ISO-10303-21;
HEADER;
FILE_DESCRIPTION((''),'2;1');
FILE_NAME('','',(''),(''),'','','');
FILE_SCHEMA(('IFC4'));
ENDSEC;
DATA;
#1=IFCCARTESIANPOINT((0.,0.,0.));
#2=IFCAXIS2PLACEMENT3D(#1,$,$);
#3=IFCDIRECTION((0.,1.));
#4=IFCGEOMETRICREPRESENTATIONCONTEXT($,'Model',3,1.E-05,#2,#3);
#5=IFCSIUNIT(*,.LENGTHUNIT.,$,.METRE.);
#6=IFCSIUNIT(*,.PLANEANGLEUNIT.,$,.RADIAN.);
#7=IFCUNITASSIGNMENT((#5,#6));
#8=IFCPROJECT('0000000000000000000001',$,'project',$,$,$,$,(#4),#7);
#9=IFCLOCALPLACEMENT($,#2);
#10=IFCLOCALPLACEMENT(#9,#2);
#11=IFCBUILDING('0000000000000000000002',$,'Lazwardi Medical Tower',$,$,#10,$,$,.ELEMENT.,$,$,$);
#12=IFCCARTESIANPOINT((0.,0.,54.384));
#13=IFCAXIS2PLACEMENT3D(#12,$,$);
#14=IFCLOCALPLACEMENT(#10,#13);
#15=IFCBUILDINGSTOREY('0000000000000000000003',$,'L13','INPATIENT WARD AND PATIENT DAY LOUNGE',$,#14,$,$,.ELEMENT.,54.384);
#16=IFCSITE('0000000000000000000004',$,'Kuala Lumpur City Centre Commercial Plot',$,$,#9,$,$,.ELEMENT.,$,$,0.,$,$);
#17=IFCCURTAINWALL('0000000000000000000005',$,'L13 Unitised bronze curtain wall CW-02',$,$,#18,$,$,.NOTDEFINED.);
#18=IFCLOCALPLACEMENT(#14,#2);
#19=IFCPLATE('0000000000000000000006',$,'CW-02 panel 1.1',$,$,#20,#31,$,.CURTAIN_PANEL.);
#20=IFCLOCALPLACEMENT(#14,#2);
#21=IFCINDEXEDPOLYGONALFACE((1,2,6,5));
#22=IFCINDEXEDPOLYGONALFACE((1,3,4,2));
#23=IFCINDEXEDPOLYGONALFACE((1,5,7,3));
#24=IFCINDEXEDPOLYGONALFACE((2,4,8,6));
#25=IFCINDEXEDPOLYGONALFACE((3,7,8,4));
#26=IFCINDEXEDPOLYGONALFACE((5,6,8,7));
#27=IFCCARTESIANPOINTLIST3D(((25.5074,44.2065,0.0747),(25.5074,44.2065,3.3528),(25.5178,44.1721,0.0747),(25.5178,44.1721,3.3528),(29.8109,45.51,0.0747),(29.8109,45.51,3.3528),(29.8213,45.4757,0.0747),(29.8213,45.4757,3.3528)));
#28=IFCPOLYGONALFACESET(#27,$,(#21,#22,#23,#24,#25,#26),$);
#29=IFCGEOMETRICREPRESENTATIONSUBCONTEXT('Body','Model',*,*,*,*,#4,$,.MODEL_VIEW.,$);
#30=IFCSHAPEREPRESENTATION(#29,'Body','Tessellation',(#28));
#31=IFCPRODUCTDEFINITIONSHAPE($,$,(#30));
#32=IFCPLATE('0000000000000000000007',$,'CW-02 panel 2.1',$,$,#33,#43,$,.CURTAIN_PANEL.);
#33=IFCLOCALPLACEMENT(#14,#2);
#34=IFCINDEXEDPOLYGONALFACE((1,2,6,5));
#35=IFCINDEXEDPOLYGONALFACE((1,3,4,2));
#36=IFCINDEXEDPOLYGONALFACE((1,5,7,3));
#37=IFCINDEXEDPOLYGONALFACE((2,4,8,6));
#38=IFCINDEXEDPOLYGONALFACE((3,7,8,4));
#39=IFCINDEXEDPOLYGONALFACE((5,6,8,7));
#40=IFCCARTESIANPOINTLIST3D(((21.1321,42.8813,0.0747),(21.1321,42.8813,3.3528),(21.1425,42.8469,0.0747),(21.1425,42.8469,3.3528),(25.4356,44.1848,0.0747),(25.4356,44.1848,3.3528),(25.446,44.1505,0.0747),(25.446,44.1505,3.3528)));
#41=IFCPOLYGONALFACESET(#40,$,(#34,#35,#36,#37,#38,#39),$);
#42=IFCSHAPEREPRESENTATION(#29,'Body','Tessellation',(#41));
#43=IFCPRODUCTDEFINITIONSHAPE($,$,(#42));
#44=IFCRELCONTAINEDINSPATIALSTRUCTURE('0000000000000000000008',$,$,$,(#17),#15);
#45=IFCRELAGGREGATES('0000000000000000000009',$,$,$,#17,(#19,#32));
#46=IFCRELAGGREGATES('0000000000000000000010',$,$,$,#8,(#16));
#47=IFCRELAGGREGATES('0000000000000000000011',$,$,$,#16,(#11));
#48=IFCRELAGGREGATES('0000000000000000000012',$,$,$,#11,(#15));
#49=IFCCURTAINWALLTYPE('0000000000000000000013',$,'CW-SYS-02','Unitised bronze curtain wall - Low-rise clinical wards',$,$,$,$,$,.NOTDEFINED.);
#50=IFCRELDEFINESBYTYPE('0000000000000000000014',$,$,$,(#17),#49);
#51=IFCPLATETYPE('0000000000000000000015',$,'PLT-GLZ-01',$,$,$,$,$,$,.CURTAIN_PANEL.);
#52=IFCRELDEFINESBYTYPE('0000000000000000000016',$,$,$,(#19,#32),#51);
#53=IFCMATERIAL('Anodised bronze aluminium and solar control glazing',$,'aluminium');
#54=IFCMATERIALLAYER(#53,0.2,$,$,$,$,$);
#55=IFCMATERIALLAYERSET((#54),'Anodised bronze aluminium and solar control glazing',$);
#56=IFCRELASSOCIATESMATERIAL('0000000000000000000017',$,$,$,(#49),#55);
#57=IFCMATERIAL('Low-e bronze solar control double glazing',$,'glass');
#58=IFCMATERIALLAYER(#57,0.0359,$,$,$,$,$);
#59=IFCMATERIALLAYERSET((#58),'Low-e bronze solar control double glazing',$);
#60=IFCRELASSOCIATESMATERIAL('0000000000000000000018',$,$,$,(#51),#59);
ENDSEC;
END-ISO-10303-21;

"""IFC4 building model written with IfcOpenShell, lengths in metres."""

from ifc_helpers import new_model, si_unit, direction, frame, origin, origin_2d, place, context, subcontext, project, spatial, rectangle, extrude, material, layer, layer_set, type_object, element, aggregate, save


model = new_model("IFC4")

# Units and contexts
model_context = context("Model", 3, precision=1e-05, world=origin(), true_north=direction((0.0, 1.0)))
body_context = subcontext(model_context, "Body", "Model", "MODEL_VIEW")
ifc_project = project(units=[si_unit("LENGTHUNIT", "METRE"), si_unit("PLANEANGLEUNIT", "RADIAN")], contexts=[model_context])

# Site, building, storey
site_placement = place(None, origin())
site = spatial("IfcSite", under=ifc_project, at=site_placement, Name="Kuala Lumpur City Centre Commercial Plot", CompositionType="ELEMENT", RefElevation=0.0)
building_placement = place(site_placement, origin())
building = spatial("IfcBuilding", under=site, at=building_placement, Name="Lazwardi Medical Tower", CompositionType="ELEMENT")
storey_placement = place(building_placement, frame((0.0, 0.0, 54.384)))
storey = spatial("IfcBuildingStorey", under=building, at=storey_placement, Name="L13", Description="INPATIENT WARD AND PATIENT DAY LOUNGE", CompositionType="ELEMENT", Elevation=54.384)

# Curtain wall, plates
ifc_material_1 = material(Name="Anodised bronze aluminium and solar control glazing", Category="aluminium")
ifc_layer_1 = layer(ifc_material_1, 0.2)
ifc_layer_set_1 = layer_set([ifc_layer_1], Name="Anodised bronze aluminium and solar control glazing")
curtain_wall_type = type_object("IfcCurtainWallType", Name="CW-SYS-02", Description="Unitised bronze curtain wall - Low-rise clinical wards", PredefinedType="NOTDEFINED", material=ifc_layer_set_1)
curtain_wall_placement = place(storey_placement, origin())
curtain_wall = element("IfcCurtainWall", 1, at=curtain_wall_placement, inside=storey, type_object=curtain_wall_type, Name="L13 Unitised bronze curtain wall CW-02", PredefinedType="NOTDEFINED")
ifc_material_2 = material(Name="Low-e bronze solar control double glazing", Category="glass")
ifc_layer_2 = layer(ifc_material_2, 0.0359)
ifc_layer_set_2 = layer_set([ifc_layer_2], Name="Low-e bronze solar control double glazing")
plate_type = type_object("IfcPlateType", Name="PLT-GLZ-01", PredefinedType="CURTAIN_PANEL", material=ifc_layer_set_2)
plate_1_placement = place(storey_placement, frame((27.6643, 44.8411, 0.0747), z_axis=(0.0, 0.0, 1.0), x_axis=(-0.957058, -0.289896, 0.0)))
plate_1 = element("IfcPlate", 2, at=plate_1_placement, type_object=plate_type, Name="CW-02 panel 1.1", PredefinedType="CURTAIN_PANEL", context=body_context, shape_type="SweptSolid", body=[
    extrude(rectangle(XDim=4.4966, YDim=0.0359, at=origin_2d()), origin(), (0.0, 0.0, 1.0), 3.2781),
])
plate_2_placement = place(storey_placement, frame((23.2891, 43.5159, 0.0747), z_axis=(0.0, 0.0, 1.0), x_axis=(-0.957058, -0.289896, 0.0)))
plate_2 = element("IfcPlate", 3, at=plate_2_placement, type_object=plate_type, Name="CW-02 panel 2.1", PredefinedType="CURTAIN_PANEL", context=body_context, shape_type="SweptSolid", body=[
    extrude(rectangle(XDim=4.4966, YDim=0.0359, at=origin_2d()), origin(), (0.0, 0.0, 1.0), 3.2781),
])
aggregate(curtain_wall, [plate_1, plate_2])

save(model, "model.ifc")
